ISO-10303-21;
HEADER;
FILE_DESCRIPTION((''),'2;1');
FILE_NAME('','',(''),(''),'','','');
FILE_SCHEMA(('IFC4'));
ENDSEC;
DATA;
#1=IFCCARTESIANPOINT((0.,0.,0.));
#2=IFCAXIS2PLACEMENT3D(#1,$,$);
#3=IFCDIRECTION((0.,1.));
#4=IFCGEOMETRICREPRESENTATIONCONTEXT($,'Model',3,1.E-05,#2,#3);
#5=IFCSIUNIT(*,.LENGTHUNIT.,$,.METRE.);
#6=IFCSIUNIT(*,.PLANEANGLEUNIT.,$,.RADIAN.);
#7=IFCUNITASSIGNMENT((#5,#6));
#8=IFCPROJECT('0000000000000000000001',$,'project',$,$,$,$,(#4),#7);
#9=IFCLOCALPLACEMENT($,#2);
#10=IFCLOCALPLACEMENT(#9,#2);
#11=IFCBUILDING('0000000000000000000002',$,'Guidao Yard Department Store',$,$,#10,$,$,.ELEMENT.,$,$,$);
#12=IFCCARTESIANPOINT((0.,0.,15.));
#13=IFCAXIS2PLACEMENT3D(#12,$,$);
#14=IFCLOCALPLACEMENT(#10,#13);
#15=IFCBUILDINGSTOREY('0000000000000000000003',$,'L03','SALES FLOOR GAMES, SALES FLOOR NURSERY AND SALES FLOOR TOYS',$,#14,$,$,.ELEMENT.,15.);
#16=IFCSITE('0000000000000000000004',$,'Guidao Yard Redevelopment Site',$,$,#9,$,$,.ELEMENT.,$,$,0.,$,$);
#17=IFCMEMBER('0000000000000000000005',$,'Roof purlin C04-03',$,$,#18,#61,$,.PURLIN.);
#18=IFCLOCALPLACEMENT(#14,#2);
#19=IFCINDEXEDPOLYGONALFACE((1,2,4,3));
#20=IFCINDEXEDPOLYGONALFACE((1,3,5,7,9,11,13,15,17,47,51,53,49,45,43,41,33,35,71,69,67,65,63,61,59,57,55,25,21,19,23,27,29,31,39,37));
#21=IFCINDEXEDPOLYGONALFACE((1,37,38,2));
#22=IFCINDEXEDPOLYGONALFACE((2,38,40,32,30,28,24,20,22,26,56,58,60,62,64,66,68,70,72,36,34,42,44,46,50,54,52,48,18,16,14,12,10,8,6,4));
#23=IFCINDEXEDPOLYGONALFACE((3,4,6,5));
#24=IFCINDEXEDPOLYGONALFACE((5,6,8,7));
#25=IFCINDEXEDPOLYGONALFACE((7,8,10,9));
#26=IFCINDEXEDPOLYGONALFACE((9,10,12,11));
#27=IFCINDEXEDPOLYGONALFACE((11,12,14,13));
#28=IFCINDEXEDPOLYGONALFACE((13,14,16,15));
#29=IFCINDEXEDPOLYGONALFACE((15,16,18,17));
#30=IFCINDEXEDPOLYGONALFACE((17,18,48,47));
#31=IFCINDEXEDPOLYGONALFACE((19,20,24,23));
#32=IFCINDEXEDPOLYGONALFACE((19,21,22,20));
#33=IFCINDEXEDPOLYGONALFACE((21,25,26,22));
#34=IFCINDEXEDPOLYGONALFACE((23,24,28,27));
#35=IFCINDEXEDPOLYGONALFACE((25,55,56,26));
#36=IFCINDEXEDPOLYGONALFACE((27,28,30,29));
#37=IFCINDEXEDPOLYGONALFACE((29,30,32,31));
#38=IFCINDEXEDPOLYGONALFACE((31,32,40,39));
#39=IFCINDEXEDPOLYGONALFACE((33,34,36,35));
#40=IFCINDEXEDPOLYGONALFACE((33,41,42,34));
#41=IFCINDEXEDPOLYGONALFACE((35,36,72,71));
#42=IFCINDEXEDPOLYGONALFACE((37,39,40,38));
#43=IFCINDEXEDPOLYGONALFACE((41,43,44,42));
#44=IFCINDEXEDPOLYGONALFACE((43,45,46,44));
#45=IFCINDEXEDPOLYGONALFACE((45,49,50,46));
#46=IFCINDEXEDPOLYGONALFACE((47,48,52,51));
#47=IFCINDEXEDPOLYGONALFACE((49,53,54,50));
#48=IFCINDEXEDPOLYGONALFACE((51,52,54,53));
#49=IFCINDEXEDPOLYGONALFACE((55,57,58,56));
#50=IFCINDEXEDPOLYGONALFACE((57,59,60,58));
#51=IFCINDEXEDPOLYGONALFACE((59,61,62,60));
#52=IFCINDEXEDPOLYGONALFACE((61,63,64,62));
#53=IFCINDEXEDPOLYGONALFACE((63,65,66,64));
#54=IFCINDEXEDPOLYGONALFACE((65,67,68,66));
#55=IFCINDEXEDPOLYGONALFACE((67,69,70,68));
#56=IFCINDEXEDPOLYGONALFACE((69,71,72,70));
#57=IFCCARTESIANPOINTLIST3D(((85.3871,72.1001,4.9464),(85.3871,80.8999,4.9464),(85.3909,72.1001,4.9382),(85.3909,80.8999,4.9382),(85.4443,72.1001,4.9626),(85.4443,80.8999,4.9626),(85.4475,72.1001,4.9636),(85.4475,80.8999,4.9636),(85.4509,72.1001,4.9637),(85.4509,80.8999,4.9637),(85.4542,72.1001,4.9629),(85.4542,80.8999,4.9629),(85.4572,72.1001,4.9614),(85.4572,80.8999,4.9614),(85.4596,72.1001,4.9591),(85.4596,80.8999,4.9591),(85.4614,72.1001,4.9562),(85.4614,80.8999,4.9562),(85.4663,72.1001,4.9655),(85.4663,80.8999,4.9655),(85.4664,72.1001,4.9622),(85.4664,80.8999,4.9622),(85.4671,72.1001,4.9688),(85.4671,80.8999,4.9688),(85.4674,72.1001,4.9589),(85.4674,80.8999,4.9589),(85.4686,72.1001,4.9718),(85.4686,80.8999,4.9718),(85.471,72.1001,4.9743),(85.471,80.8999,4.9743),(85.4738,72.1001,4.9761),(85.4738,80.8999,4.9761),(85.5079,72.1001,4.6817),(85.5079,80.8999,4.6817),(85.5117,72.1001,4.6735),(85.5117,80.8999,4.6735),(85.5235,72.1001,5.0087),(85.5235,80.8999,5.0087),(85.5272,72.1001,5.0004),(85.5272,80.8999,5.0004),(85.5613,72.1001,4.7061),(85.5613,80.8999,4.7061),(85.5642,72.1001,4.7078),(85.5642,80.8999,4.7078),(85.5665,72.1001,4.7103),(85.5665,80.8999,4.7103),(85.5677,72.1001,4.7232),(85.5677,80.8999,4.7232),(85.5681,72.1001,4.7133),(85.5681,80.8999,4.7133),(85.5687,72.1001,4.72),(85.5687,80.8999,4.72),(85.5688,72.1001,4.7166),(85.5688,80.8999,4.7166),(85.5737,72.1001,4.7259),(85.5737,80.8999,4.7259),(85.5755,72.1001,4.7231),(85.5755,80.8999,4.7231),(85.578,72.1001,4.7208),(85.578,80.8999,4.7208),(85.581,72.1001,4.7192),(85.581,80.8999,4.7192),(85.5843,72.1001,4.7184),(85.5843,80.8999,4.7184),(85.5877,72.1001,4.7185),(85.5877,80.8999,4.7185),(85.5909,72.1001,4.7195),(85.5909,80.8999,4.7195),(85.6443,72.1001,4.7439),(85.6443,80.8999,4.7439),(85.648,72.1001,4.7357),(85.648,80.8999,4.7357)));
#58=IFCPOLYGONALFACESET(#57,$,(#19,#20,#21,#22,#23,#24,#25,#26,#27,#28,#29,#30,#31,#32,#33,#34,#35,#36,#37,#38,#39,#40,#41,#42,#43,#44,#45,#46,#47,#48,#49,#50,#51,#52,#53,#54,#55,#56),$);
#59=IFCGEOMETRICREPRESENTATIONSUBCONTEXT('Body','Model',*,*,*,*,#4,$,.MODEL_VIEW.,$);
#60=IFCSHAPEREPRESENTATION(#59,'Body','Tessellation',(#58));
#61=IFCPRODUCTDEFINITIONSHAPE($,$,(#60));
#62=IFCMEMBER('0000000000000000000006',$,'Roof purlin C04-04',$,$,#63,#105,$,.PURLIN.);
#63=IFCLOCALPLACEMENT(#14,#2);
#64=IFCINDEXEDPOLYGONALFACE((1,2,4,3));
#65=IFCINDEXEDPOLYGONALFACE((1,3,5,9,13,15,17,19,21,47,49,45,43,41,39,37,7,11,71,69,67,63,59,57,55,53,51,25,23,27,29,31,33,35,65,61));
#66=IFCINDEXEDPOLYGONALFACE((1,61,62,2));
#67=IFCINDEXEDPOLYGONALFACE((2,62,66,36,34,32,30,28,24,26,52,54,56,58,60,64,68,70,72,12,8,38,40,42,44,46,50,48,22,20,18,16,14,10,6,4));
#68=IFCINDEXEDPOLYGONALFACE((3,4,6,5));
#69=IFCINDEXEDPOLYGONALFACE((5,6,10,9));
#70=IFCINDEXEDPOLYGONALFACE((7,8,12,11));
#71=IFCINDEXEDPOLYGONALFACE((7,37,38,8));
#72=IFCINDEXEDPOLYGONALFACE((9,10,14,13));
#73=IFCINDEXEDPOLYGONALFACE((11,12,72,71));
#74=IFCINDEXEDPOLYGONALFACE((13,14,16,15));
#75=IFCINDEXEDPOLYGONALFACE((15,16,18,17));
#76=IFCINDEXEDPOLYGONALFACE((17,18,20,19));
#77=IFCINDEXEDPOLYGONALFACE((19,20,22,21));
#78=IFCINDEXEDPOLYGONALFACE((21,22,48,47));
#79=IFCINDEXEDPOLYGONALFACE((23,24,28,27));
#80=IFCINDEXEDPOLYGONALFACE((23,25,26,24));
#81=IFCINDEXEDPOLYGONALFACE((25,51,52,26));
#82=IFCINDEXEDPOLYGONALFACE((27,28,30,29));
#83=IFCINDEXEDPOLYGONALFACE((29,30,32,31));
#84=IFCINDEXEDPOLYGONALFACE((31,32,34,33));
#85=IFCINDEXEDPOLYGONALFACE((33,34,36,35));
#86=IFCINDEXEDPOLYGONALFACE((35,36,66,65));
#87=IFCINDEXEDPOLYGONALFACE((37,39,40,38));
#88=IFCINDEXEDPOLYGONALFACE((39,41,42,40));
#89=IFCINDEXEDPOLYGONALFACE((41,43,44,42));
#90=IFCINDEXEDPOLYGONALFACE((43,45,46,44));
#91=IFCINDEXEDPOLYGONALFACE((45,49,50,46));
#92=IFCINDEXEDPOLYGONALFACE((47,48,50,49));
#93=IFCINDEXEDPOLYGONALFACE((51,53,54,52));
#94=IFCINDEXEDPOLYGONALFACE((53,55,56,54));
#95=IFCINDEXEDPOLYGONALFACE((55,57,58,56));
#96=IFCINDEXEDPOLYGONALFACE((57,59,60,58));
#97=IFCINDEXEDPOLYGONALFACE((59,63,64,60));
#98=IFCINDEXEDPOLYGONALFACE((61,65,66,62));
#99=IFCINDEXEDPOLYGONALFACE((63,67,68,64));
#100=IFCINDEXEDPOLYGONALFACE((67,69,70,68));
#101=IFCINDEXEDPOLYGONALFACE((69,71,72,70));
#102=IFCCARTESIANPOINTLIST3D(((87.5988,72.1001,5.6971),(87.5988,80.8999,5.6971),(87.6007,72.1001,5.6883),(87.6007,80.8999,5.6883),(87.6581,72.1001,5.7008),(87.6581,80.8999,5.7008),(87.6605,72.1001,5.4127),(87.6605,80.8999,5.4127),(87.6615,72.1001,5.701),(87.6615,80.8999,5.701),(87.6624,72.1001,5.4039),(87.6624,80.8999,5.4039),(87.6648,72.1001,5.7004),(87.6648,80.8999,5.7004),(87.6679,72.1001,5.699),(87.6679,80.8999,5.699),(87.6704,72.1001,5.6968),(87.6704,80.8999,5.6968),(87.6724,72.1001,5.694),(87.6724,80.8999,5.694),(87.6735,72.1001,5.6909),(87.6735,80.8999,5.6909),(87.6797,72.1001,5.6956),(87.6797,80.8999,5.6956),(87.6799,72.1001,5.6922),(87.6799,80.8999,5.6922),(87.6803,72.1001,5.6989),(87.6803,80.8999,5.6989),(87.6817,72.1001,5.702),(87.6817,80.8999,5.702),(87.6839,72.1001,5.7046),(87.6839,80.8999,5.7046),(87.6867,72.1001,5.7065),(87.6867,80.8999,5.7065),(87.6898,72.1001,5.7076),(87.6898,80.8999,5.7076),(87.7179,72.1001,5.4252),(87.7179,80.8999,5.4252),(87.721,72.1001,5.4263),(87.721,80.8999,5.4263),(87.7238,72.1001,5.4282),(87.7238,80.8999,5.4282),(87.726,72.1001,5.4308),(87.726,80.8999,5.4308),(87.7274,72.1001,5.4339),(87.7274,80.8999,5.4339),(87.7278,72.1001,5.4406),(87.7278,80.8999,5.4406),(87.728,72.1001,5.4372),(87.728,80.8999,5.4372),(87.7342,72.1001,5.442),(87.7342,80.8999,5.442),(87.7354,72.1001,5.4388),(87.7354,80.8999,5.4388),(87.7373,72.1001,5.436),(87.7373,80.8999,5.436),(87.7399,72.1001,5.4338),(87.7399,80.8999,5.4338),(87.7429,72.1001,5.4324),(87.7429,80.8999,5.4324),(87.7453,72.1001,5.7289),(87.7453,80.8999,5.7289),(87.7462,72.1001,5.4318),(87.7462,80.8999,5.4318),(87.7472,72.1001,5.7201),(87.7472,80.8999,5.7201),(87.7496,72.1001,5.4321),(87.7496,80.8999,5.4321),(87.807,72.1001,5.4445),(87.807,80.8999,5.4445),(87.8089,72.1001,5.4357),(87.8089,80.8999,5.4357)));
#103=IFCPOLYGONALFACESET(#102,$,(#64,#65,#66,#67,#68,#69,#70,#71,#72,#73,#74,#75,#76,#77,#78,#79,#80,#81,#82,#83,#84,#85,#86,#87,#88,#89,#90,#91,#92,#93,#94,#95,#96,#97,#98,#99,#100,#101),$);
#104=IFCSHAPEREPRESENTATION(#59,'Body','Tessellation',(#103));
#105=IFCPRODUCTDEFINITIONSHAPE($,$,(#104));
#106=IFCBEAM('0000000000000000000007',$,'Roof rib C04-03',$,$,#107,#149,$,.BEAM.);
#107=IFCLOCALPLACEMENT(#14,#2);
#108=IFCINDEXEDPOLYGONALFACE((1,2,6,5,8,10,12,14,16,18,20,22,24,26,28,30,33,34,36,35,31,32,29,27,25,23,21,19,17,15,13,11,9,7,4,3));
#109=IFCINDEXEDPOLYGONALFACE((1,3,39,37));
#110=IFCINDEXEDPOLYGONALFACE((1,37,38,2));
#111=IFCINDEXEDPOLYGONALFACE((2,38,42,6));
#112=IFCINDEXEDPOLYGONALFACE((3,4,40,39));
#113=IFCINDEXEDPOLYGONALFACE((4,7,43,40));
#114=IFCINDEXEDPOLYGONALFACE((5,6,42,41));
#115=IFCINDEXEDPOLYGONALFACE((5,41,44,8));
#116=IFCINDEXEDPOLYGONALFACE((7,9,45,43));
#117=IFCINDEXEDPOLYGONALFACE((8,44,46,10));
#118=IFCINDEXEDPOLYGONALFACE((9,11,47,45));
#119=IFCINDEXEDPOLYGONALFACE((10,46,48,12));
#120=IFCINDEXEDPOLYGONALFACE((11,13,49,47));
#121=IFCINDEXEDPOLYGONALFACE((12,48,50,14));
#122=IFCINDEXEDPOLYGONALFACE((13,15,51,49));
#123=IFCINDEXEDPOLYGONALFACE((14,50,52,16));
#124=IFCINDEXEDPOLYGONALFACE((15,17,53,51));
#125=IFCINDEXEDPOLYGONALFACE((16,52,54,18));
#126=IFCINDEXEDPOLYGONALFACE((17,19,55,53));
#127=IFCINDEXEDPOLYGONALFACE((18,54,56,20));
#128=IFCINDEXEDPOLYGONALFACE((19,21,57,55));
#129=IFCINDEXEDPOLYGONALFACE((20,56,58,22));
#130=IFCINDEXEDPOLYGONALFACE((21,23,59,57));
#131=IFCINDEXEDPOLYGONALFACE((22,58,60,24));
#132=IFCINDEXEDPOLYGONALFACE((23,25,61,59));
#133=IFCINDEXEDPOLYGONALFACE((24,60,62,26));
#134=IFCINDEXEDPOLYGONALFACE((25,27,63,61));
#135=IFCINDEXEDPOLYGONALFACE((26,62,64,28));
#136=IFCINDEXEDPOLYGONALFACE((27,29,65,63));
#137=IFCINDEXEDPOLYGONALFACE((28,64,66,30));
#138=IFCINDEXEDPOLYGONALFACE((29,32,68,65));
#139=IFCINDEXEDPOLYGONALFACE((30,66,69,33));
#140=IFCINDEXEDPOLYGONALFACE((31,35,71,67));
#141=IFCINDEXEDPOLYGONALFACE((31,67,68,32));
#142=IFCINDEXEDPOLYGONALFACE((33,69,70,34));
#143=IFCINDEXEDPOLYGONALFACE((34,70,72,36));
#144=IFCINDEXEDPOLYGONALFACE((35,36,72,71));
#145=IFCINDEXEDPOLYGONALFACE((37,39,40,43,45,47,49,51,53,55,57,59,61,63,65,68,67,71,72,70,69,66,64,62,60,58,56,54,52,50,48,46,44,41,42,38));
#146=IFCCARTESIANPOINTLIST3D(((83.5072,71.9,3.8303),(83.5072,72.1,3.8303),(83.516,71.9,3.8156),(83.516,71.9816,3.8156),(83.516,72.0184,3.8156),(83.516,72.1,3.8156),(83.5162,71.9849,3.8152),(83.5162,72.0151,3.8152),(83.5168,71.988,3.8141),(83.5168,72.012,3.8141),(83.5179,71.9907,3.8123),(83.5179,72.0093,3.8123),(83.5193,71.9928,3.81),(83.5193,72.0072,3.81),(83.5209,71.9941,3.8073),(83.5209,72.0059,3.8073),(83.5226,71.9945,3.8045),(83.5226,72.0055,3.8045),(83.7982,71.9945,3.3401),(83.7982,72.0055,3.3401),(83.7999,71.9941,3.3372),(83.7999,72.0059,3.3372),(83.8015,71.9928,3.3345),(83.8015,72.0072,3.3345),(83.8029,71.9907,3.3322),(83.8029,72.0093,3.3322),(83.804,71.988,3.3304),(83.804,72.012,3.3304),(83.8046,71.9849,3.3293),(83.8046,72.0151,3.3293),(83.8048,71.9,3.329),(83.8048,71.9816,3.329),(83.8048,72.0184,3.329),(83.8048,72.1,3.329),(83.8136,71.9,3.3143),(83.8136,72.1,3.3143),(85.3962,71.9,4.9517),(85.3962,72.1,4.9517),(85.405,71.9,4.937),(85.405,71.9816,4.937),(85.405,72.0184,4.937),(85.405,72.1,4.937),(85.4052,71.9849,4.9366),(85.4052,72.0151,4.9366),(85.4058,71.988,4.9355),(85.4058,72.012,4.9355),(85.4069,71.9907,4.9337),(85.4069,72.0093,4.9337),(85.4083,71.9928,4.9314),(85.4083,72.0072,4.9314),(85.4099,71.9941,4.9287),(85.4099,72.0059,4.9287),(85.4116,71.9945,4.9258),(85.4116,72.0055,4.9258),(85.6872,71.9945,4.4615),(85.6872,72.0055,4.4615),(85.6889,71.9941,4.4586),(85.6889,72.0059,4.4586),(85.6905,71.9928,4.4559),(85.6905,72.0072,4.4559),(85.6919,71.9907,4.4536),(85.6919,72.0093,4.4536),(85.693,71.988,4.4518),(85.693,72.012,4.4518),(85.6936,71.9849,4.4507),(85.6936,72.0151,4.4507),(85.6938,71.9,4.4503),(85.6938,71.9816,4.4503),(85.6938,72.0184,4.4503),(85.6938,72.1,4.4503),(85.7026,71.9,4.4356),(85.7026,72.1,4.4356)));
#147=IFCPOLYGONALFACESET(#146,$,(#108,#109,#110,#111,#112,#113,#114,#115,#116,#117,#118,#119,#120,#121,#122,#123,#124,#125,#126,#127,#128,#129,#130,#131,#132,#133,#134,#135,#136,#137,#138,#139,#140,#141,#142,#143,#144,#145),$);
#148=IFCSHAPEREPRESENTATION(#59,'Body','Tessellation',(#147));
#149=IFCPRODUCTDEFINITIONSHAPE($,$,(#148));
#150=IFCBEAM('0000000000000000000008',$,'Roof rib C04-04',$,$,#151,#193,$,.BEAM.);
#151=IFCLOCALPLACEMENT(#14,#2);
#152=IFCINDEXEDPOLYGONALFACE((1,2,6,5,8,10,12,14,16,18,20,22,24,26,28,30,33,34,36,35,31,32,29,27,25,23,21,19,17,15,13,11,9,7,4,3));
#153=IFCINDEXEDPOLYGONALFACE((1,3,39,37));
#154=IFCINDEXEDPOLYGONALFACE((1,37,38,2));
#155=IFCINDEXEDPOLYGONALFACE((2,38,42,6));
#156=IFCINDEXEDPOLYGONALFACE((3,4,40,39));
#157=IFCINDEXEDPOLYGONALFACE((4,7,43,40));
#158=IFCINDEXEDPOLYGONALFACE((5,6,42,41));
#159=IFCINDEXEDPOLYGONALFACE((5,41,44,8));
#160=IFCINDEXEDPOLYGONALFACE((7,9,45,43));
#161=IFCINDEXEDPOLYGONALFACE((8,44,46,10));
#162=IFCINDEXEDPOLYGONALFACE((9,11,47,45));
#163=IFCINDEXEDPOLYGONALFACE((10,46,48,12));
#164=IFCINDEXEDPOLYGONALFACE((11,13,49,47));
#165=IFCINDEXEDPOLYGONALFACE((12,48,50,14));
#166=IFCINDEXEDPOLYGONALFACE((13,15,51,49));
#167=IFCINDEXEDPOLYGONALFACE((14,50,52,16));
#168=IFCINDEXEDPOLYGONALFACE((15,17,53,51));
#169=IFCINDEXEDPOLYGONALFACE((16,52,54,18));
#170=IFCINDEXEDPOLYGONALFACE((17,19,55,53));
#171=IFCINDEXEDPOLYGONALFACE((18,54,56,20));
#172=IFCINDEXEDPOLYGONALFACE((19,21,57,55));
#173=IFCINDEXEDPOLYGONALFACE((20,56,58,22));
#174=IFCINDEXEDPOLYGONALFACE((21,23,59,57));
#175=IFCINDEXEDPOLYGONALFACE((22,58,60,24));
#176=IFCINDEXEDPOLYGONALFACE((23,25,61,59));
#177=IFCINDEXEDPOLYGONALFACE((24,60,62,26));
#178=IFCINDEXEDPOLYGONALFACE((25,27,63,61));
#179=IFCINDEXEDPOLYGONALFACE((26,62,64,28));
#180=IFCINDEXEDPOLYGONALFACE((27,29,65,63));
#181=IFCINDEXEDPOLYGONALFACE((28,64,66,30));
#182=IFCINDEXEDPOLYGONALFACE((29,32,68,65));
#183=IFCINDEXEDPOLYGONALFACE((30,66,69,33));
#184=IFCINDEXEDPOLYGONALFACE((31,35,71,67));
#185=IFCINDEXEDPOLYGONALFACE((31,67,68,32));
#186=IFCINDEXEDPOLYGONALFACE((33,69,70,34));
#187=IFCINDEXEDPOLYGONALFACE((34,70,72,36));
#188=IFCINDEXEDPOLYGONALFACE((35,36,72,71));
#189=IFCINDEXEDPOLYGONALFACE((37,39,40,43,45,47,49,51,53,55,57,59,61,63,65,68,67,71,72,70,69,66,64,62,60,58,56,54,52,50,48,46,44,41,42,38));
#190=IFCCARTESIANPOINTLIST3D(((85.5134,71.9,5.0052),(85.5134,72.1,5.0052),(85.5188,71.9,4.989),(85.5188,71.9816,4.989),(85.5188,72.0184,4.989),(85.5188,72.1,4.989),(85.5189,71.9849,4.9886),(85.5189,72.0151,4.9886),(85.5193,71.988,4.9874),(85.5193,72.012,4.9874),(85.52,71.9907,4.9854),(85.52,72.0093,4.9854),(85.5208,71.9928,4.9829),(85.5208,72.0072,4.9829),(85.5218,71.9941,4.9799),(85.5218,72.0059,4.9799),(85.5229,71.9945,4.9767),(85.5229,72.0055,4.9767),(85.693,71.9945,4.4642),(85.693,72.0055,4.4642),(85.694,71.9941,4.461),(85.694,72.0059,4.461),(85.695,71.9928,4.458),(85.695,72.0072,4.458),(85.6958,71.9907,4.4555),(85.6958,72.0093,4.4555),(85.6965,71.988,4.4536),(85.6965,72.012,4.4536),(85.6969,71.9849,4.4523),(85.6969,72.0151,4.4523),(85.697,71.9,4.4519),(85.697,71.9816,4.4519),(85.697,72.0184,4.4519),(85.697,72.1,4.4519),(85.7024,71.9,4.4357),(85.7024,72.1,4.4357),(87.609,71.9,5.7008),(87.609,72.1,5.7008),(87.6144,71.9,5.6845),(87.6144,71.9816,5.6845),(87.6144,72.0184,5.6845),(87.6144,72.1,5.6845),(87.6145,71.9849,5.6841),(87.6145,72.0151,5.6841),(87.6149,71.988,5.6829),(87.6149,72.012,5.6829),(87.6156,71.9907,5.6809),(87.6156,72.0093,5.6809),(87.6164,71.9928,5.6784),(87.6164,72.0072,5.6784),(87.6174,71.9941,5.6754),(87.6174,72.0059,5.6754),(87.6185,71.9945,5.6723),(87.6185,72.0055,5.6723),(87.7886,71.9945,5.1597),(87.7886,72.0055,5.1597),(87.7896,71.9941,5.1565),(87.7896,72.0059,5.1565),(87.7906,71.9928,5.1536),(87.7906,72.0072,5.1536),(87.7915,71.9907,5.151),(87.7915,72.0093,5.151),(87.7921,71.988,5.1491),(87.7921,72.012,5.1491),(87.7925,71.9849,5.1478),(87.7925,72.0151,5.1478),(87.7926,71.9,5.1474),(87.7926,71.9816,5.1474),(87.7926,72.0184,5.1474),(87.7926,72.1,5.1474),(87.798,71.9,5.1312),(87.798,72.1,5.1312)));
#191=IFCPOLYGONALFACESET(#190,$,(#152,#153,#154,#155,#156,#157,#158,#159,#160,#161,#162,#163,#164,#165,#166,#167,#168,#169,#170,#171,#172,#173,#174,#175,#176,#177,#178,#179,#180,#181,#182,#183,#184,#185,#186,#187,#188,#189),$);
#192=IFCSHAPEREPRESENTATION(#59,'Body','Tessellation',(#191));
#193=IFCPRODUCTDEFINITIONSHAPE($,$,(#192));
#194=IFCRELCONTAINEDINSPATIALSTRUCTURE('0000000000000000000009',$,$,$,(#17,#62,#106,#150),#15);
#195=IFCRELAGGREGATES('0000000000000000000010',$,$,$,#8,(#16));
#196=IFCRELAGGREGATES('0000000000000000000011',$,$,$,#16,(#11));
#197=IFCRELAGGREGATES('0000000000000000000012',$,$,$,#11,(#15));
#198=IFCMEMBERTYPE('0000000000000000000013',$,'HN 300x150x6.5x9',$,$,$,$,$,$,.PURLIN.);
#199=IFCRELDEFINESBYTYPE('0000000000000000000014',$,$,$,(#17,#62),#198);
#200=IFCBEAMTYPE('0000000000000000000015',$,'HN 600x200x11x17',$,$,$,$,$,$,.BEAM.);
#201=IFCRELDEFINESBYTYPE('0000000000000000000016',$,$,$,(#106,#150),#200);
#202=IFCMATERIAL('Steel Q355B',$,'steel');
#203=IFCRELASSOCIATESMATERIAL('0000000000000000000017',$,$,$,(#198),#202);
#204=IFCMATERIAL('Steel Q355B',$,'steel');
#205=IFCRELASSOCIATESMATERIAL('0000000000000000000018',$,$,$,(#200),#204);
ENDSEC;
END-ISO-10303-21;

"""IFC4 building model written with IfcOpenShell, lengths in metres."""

from ifc_helpers import new_model, si_unit, direction, frame, origin, origin_2d, place, context, subcontext, project, spatial, i_section, extrude, material, material_profile, profile_set, type_object, element, save


model = new_model("IFC4")

# Units and contexts
model_context = context("Model", 3, precision=1e-05, world=origin(), true_north=direction((0.0, 1.0)))
body_context = subcontext(model_context, "Body", "Model", "MODEL_VIEW")
ifc_project = project(units=[si_unit("LENGTHUNIT", "METRE"), si_unit("PLANEANGLEUNIT", "RADIAN")], contexts=[model_context])

# Site, building, storey
site_placement = place(None, origin())
site = spatial("IfcSite", under=ifc_project, at=site_placement, Name="Guidao Yard Redevelopment Site", CompositionType="ELEMENT", RefElevation=0.0)
building_placement = place(site_placement, origin())
building = spatial("IfcBuilding", under=site, at=building_placement, Name="Guidao Yard Department Store", CompositionType="ELEMENT")
storey_placement = place(building_placement, frame((0.0, 0.0, 15.0)))
storey = spatial("IfcBuildingStorey", under=building, at=storey_placement, Name="L03", Description="SALES FLOOR GAMES, SALES FLOOR NURSERY AND SALES FLOOR TOYS", CompositionType="ELEMENT", Elevation=15.0)

# Members
ifc_material_1 = material(Name="Steel Q355B", Category="steel")
ifc_material_profile_1 = material_profile(ifc_material_1, i_section(OverallWidth=0.1499, OverallDepth=0.3, WebThickness=0.0066, FlangeThickness=0.009, FilletRadius=0.0129, at=origin_2d()), Name="HN 300x150x6.5x9")
ifc_profile_set_1 = profile_set([ifc_material_profile_1], Name="Steel Q355B")
member_type_1 = type_object("IfcMemberType", Name="HN 300x150x6.5x9", PredefinedType="PURLIN", material=ifc_profile_set_1)
for number, where, z_axis, x_axis, name in (
    (1, (85.5176, 72.1001, 4.8411), (0.0, 1.0, 0.0), (-0.909751, 0.0, -0.415155), "Roof purlin C04-03"),
    (2, (87.7039, 72.1001, 5.5664), (0.0, 1.0, 0.0), (-0.977292, 0.0, -0.211897), "Roof purlin C04-04"),
):
    element("IfcMember", number, at=place(storey_placement, frame(where, z_axis=z_axis, x_axis=x_axis)), inside=storey, type_object=member_type_1, Name=name, PredefinedType="PURLIN", context=body_context, shape_type="SweptSolid", body=[
        extrude(i_section(OverallWidth=0.1499, OverallDepth=0.3, WebThickness=0.0066, FlangeThickness=0.009, FilletRadius=0.0129, at=origin_2d()), origin(), (0.0, 0.0, 1.0), 8.7998),
    ])

# Beams
ifc_material_2 = material(Name="Steel Q355B", Category="steel")
ifc_material_profile_2 = material_profile(ifc_material_2, i_section(OverallWidth=0.2, OverallDepth=0.6001, WebThickness=0.011, FlangeThickness=0.0171, FilletRadius=0.0129, at=origin_2d()), Name="HN 600x200x11x17")
ifc_profile_set_2 = profile_set([ifc_material_profile_2], Name="Steel Q355B")
beam_type = type_object("IfcBeamType", Name="HN 600x200x11x17", PredefinedType="BEAM", material=ifc_profile_set_2)
beam_1_placement = place(storey_placement, frame((83.6604, 72.0, 3.5723), z_axis=(0.859896, 0.0, 0.510469), x_axis=(0.0, 1.0, 0.0)))
element("IfcBeam", 3, at=beam_1_placement, inside=storey, type_object=beam_type, Name="Roof rib C04-03", PredefinedType="BEAM", context=body_context, shape_type="SweptSolid", body=[
    extrude(i_section(OverallWidth=0.2, OverallDepth=0.6001, WebThickness=0.011, FlangeThickness=0.0171, FilletRadius=0.0129, at=origin_2d()), origin(), (0.0, 0.0, 1.0), 2.1968),
])
beam_2_placement = place(storey_placement, frame((85.6079, 72.0, 4.7205), z_axis=(0.949092, 0.0, 0.315), x_axis=(0.0, 1.0, 0.0)))
element("IfcBeam", 4, at=beam_2_placement, inside=storey, type_object=beam_type, Name="Roof rib C04-04", PredefinedType="BEAM", context=body_context, shape_type="SweptSolid", body=[
    extrude(i_section(OverallWidth=0.2, OverallDepth=0.6001, WebThickness=0.011, FlangeThickness=0.0171, FilletRadius=0.0129, at=origin_2d()), origin(), (0.0, 0.0, 1.0), 2.208),
])

save(model, "model.ifc")
